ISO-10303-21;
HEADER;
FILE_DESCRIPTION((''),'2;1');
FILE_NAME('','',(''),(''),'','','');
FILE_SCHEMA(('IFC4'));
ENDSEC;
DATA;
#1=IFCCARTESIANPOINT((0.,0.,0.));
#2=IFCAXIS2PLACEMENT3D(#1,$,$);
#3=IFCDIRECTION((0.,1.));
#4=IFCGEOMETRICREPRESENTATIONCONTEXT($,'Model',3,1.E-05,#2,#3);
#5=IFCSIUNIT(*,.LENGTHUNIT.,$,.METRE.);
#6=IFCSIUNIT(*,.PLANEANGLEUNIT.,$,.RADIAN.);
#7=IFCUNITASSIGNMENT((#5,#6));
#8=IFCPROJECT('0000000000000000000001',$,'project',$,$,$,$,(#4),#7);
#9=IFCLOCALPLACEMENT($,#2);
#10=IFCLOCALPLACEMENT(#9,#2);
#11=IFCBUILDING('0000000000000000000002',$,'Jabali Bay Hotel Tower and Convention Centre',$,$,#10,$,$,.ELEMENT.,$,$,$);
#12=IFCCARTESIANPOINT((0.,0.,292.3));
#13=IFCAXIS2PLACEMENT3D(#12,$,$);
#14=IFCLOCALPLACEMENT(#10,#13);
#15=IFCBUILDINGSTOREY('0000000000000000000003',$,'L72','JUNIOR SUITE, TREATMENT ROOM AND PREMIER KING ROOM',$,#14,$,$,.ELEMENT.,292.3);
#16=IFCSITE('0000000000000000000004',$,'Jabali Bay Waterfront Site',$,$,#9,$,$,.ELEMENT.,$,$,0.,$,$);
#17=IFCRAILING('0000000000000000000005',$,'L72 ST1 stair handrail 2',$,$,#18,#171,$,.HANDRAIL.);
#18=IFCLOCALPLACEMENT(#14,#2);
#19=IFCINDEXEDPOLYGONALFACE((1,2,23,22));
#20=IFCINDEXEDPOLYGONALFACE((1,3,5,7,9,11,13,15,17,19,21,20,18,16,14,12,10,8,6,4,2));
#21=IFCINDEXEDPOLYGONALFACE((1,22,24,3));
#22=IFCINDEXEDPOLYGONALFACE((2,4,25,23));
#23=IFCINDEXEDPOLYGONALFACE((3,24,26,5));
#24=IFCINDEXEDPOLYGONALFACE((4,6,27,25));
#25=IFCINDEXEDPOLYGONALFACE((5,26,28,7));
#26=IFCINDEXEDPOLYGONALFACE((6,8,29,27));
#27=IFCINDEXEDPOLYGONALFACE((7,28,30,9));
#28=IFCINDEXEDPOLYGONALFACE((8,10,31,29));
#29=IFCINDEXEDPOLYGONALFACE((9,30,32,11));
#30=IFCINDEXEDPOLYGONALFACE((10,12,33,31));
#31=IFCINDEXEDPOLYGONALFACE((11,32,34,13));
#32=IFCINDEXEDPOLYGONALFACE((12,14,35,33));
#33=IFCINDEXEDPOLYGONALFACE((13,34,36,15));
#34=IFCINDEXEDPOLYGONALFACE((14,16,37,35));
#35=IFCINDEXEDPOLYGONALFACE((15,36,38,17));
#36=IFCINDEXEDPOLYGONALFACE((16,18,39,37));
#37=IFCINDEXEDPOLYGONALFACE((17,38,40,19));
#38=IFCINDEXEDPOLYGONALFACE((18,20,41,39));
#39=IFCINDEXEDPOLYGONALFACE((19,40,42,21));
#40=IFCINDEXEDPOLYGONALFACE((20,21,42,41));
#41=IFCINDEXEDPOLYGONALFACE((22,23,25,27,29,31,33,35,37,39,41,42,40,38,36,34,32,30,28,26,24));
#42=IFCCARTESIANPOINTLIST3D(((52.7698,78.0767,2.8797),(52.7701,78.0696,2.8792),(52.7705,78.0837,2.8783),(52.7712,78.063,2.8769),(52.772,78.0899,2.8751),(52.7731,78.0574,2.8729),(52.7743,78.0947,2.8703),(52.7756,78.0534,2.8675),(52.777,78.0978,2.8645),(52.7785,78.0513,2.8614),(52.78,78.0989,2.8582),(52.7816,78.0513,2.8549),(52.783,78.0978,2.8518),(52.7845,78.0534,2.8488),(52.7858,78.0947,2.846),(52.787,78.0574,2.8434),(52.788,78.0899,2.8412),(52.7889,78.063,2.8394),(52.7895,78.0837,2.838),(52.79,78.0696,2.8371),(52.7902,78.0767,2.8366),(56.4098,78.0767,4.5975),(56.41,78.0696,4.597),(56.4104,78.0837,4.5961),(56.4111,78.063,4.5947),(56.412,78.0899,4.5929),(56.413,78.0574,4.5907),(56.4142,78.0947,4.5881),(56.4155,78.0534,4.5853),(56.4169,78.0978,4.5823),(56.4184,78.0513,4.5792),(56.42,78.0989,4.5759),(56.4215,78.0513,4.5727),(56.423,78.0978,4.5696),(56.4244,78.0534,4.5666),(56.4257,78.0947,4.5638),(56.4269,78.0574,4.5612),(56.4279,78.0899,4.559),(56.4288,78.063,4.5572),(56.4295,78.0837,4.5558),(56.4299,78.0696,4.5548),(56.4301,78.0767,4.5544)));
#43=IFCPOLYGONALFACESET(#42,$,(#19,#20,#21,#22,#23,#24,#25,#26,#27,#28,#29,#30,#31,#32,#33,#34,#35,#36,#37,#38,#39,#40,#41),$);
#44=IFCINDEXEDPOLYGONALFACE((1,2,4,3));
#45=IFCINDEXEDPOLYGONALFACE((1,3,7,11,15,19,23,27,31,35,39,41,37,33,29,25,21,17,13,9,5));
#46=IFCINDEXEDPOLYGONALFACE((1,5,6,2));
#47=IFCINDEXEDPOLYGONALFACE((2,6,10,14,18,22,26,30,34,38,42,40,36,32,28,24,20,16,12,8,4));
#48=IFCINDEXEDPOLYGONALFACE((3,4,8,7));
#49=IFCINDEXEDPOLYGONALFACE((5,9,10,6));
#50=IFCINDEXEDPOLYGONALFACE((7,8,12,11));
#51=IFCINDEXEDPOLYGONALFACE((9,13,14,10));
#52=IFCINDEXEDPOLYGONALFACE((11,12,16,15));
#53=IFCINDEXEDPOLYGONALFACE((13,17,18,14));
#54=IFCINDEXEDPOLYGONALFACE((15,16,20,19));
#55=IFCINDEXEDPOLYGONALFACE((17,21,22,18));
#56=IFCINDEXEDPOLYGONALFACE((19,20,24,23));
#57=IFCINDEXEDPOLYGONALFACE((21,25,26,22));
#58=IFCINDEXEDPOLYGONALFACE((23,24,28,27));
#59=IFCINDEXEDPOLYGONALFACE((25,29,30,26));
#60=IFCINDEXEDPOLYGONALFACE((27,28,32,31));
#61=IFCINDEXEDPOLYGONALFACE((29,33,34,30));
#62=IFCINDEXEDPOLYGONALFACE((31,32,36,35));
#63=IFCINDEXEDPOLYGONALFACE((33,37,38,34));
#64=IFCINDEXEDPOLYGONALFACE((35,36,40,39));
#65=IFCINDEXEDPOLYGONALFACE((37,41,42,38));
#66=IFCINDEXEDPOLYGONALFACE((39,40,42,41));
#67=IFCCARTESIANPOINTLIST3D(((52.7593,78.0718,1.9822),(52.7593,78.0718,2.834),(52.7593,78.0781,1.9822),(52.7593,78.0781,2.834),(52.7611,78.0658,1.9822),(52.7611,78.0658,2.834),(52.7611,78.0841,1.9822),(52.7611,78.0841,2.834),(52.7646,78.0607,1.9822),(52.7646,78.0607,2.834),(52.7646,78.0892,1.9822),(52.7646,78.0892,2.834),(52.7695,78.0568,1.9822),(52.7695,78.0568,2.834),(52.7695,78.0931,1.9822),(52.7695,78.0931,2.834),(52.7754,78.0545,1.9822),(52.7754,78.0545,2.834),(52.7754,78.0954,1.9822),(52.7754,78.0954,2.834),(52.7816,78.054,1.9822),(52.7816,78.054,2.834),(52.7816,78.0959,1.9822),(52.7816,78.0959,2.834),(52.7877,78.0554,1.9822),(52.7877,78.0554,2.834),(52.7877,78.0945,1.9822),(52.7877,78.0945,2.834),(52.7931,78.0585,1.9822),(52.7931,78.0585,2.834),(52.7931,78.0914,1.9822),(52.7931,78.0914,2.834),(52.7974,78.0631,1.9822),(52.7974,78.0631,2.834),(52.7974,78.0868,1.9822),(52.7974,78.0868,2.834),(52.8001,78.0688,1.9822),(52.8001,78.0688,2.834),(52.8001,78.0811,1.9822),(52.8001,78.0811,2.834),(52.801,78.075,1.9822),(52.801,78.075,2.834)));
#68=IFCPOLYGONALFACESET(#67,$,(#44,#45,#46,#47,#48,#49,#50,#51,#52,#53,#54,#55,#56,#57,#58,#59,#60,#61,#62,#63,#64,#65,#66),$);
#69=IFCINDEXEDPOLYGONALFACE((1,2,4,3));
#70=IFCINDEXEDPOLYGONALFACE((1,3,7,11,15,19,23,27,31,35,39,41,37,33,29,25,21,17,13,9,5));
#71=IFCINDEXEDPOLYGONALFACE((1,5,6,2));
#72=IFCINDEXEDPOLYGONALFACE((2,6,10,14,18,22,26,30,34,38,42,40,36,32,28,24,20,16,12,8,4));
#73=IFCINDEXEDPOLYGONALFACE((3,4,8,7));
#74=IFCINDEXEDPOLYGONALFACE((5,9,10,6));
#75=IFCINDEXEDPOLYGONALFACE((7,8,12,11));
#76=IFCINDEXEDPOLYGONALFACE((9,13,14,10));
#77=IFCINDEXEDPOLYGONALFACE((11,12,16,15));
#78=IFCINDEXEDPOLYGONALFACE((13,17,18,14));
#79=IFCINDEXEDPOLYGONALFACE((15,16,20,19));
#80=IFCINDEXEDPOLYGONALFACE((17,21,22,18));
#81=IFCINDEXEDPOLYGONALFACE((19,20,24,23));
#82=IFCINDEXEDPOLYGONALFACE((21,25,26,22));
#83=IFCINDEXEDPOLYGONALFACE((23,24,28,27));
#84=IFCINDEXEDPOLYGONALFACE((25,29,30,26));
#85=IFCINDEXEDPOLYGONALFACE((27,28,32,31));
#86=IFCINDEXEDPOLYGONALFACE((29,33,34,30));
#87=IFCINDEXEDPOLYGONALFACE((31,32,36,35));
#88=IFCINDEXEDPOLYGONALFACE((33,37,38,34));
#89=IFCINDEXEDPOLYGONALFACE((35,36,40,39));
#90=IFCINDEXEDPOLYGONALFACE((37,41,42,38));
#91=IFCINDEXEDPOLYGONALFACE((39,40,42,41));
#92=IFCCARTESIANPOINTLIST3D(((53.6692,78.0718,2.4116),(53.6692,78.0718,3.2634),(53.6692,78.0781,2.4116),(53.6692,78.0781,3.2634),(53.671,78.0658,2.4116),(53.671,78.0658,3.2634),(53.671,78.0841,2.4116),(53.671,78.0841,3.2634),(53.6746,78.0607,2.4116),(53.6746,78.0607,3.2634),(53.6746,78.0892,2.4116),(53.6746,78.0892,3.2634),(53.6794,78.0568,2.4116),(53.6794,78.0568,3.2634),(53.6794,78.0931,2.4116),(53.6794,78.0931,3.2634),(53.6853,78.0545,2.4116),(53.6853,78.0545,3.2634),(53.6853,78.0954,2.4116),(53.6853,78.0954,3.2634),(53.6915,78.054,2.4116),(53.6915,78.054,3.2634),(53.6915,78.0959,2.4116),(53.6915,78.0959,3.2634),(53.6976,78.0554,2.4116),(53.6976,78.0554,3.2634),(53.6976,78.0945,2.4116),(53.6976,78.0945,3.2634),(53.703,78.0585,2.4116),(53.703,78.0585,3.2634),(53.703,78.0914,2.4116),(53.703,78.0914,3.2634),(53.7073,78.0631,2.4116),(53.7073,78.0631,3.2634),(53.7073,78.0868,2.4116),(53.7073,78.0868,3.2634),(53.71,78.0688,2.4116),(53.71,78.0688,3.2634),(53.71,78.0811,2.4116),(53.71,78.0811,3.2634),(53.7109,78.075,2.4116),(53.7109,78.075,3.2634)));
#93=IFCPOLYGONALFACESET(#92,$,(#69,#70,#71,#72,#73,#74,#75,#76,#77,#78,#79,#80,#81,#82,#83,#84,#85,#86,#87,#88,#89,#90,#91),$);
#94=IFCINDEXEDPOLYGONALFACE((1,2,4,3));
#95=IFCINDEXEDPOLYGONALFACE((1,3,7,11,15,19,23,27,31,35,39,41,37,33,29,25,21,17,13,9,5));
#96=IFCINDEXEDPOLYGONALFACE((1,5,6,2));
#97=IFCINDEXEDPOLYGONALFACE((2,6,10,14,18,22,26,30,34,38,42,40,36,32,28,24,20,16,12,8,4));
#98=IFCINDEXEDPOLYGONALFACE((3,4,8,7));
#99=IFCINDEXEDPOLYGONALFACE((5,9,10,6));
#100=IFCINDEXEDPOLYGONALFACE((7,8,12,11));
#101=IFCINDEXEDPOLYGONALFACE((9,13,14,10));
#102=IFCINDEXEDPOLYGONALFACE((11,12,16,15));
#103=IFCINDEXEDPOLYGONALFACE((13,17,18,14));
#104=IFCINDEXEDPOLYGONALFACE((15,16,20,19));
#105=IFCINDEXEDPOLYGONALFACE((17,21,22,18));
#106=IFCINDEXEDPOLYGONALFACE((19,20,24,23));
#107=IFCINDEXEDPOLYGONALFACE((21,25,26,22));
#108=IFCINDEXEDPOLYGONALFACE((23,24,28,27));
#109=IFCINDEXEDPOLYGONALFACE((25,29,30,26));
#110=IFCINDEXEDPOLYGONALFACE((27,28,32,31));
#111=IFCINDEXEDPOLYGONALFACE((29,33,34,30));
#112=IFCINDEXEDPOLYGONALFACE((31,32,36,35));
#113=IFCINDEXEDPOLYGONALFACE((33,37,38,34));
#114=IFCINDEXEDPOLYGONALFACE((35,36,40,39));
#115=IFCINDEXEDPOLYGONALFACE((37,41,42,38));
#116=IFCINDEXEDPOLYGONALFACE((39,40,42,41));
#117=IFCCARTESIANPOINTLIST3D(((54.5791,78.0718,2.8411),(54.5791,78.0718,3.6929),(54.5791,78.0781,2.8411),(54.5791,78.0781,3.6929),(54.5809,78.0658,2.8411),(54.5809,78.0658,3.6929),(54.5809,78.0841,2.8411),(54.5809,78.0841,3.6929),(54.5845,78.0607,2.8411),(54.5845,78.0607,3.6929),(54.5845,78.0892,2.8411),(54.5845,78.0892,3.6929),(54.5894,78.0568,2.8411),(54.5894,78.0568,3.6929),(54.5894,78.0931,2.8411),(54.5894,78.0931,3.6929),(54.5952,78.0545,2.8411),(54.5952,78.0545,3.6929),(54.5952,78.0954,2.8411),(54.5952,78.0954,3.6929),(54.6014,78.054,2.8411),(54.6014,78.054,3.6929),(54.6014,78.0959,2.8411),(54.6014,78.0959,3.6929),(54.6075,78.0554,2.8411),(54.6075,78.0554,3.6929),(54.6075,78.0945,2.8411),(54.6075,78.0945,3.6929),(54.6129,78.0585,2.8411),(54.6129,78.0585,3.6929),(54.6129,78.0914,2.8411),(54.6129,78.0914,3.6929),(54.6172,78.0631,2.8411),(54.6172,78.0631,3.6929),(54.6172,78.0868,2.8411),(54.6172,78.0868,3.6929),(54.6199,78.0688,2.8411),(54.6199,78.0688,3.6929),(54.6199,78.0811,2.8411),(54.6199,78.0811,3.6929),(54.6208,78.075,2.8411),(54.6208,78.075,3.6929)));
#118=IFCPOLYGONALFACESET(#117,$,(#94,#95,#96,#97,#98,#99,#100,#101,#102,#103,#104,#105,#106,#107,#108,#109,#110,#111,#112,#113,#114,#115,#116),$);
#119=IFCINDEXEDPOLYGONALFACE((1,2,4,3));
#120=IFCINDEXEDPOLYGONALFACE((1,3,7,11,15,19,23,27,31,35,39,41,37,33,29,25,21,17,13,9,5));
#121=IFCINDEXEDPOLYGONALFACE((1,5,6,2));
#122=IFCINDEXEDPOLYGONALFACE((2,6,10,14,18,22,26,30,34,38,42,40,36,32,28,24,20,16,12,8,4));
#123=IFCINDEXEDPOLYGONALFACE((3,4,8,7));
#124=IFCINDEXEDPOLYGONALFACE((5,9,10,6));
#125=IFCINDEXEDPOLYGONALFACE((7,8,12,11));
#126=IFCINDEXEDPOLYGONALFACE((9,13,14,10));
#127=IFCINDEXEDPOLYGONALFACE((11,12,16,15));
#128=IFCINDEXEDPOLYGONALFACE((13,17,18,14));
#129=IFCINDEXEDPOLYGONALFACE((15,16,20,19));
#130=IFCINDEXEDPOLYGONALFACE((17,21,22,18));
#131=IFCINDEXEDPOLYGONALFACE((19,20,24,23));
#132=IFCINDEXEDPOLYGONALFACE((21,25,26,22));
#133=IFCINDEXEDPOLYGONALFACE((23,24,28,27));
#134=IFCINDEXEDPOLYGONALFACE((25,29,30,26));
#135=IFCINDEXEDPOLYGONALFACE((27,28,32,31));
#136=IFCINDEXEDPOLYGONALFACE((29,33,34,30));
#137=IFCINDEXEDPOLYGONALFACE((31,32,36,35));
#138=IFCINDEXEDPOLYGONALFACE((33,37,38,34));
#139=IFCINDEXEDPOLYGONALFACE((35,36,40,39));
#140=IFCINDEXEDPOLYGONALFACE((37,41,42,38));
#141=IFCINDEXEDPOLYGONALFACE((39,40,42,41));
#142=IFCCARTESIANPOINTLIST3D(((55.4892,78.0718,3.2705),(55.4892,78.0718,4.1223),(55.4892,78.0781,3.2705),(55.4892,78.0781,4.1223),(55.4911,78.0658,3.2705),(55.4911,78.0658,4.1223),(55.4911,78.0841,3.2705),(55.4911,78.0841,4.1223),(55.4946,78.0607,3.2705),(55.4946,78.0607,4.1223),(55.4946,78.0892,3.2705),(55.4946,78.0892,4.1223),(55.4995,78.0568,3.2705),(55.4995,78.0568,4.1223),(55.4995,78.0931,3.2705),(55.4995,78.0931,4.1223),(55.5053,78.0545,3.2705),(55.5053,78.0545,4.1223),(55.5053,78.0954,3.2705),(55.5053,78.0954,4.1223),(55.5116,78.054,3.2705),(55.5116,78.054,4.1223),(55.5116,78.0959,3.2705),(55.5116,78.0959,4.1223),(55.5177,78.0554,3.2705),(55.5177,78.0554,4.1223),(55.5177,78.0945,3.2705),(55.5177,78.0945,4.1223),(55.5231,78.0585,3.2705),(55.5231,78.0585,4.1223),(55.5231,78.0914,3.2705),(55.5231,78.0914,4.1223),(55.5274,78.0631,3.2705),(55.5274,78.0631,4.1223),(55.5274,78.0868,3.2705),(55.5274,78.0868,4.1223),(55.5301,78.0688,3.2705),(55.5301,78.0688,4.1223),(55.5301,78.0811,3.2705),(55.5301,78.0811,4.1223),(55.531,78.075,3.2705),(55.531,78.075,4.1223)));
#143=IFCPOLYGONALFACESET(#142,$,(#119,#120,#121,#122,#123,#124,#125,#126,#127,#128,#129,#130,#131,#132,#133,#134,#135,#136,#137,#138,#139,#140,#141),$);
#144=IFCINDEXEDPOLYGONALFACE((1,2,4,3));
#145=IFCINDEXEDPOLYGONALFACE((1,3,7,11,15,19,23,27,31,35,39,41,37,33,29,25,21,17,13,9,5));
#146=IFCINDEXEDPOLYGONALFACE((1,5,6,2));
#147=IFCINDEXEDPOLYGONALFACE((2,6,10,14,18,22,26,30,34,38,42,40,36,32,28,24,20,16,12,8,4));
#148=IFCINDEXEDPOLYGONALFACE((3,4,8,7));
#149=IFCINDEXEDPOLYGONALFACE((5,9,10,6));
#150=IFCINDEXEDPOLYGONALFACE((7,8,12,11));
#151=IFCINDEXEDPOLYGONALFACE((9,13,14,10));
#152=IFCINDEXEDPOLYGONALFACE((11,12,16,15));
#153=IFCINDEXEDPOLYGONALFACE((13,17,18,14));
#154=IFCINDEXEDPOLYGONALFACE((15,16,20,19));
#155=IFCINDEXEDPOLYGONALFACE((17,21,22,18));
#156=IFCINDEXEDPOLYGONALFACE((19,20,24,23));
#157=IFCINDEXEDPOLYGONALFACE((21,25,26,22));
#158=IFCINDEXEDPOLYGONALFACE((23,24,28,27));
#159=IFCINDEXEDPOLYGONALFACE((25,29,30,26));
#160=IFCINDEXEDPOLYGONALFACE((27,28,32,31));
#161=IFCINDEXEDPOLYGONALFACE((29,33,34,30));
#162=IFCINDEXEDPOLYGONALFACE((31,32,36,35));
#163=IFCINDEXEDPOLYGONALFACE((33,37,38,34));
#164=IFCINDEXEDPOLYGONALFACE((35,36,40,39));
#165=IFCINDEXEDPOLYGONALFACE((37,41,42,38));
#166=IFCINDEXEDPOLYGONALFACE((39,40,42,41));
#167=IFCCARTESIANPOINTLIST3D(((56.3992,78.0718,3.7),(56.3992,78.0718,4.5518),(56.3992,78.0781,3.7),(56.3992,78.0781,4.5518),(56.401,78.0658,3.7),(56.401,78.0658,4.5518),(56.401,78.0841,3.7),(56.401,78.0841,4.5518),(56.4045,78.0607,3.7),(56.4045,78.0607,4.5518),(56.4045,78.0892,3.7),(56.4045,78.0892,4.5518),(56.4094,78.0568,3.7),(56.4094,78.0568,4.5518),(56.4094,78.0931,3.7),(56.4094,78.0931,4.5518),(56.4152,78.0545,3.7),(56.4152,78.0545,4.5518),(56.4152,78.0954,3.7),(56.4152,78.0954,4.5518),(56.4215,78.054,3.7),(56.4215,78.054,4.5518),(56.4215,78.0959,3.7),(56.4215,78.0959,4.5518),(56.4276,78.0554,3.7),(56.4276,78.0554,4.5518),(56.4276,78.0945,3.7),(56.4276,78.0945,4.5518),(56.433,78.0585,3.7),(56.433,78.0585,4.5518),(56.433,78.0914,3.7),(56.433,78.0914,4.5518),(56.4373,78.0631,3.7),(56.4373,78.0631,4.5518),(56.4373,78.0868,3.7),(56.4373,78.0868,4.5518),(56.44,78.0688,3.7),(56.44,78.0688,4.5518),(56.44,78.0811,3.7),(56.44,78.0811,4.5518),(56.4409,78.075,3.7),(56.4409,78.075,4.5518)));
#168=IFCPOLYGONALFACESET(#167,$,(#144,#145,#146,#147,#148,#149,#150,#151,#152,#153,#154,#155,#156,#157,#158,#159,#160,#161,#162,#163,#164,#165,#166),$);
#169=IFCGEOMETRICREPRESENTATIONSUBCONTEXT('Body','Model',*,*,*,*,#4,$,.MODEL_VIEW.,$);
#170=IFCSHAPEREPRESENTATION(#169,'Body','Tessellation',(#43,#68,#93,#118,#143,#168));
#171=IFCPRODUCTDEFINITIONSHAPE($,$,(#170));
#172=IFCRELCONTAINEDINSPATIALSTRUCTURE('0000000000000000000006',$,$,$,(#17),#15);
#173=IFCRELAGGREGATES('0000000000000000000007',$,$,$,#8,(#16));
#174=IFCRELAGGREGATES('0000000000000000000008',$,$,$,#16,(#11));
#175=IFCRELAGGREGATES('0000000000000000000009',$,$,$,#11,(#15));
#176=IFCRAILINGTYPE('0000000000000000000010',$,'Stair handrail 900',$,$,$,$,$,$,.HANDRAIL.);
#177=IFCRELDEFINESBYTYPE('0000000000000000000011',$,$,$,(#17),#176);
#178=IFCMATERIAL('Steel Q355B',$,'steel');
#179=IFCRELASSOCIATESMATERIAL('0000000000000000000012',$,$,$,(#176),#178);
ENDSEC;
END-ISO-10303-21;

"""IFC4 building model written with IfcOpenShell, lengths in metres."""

from ifc_helpers import new_model, si_unit, direction, frame, origin, origin_2d, place, context, subcontext, project, spatial, circle, extrude, material, type_object, element, save


model = new_model("IFC4")

# Units and contexts
model_context = context("Model", 3, precision=1e-05, world=origin(), true_north=direction((0.0, 1.0)))
body_context = subcontext(model_context, "Body", "Model", "MODEL_VIEW")
ifc_project = project(units=[si_unit("LENGTHUNIT", "METRE"), si_unit("PLANEANGLEUNIT", "RADIAN")], contexts=[model_context])

# Site, building, storey
site_placement = place(None, origin())
site = spatial("IfcSite", under=ifc_project, at=site_placement, Name="Jabali Bay Waterfront Site", CompositionType="ELEMENT", RefElevation=0.0)
building_placement = place(site_placement, origin())
building = spatial("IfcBuilding", under=site, at=building_placement, Name="Jabali Bay Hotel Tower and Convention Centre", CompositionType="ELEMENT")
storey_placement = place(building_placement, frame((0.0, 0.0, 292.3)))
storey = spatial("IfcBuildingStorey", under=building, at=storey_placement, Name="L72", Description="JUNIOR SUITE, TREATMENT ROOM AND PREMIER KING ROOM", CompositionType="ELEMENT", Elevation=292.3)

# Railing
ifc_material_1 = material(Name="Steel Q355B", Category="steel")
railing_type = type_object("IfcRailingType", Name="Stair handrail 900", PredefinedType="HANDRAIL", material=ifc_material_1)
railing_placement = place(storey_placement, frame((52.78, 78.075, 1.9822)))
element("IfcRailing", 1, at=railing_placement, inside=storey, type_object=railing_type, Name="L72 ST1 stair handrail 2", PredefinedType="HANDRAIL", context=body_context, shape_type="SweptSolid", body=[
    extrude(circle(Radius=0.0239, at=origin_2d()), frame((0.0, 0.0, 0.876), z_axis=(0.904351, 0.0, 0.42679), x_axis=(0.0, 1.0, 0.0)), (0.0, 0.0, 1.0), 4.0249),
    extrude(circle(Radius=0.021, at=origin_2d()), origin(), (0.0, 0.0, 1.0), 0.8518),
    extrude(circle(Radius=0.021, at=origin_2d()), frame((0.9099, 0.0, 0.4294)), (0.0, 0.0, 1.0), 0.8518),
    extrude(circle(Radius=0.021, at=origin_2d()), frame((1.8198, 0.0, 0.8589)), (0.0, 0.0, 1.0), 0.8518),
    extrude(circle(Radius=0.021, at=origin_2d()), frame((2.73, 0.0, 1.2883)), (0.0, 0.0, 1.0), 0.8518),
    extrude(circle(Radius=0.021, at=origin_2d()), frame((3.6399, 0.0, 1.7178)), (0.0, 0.0, 1.0), 0.8518),
])

save(model, "model.ifc")
